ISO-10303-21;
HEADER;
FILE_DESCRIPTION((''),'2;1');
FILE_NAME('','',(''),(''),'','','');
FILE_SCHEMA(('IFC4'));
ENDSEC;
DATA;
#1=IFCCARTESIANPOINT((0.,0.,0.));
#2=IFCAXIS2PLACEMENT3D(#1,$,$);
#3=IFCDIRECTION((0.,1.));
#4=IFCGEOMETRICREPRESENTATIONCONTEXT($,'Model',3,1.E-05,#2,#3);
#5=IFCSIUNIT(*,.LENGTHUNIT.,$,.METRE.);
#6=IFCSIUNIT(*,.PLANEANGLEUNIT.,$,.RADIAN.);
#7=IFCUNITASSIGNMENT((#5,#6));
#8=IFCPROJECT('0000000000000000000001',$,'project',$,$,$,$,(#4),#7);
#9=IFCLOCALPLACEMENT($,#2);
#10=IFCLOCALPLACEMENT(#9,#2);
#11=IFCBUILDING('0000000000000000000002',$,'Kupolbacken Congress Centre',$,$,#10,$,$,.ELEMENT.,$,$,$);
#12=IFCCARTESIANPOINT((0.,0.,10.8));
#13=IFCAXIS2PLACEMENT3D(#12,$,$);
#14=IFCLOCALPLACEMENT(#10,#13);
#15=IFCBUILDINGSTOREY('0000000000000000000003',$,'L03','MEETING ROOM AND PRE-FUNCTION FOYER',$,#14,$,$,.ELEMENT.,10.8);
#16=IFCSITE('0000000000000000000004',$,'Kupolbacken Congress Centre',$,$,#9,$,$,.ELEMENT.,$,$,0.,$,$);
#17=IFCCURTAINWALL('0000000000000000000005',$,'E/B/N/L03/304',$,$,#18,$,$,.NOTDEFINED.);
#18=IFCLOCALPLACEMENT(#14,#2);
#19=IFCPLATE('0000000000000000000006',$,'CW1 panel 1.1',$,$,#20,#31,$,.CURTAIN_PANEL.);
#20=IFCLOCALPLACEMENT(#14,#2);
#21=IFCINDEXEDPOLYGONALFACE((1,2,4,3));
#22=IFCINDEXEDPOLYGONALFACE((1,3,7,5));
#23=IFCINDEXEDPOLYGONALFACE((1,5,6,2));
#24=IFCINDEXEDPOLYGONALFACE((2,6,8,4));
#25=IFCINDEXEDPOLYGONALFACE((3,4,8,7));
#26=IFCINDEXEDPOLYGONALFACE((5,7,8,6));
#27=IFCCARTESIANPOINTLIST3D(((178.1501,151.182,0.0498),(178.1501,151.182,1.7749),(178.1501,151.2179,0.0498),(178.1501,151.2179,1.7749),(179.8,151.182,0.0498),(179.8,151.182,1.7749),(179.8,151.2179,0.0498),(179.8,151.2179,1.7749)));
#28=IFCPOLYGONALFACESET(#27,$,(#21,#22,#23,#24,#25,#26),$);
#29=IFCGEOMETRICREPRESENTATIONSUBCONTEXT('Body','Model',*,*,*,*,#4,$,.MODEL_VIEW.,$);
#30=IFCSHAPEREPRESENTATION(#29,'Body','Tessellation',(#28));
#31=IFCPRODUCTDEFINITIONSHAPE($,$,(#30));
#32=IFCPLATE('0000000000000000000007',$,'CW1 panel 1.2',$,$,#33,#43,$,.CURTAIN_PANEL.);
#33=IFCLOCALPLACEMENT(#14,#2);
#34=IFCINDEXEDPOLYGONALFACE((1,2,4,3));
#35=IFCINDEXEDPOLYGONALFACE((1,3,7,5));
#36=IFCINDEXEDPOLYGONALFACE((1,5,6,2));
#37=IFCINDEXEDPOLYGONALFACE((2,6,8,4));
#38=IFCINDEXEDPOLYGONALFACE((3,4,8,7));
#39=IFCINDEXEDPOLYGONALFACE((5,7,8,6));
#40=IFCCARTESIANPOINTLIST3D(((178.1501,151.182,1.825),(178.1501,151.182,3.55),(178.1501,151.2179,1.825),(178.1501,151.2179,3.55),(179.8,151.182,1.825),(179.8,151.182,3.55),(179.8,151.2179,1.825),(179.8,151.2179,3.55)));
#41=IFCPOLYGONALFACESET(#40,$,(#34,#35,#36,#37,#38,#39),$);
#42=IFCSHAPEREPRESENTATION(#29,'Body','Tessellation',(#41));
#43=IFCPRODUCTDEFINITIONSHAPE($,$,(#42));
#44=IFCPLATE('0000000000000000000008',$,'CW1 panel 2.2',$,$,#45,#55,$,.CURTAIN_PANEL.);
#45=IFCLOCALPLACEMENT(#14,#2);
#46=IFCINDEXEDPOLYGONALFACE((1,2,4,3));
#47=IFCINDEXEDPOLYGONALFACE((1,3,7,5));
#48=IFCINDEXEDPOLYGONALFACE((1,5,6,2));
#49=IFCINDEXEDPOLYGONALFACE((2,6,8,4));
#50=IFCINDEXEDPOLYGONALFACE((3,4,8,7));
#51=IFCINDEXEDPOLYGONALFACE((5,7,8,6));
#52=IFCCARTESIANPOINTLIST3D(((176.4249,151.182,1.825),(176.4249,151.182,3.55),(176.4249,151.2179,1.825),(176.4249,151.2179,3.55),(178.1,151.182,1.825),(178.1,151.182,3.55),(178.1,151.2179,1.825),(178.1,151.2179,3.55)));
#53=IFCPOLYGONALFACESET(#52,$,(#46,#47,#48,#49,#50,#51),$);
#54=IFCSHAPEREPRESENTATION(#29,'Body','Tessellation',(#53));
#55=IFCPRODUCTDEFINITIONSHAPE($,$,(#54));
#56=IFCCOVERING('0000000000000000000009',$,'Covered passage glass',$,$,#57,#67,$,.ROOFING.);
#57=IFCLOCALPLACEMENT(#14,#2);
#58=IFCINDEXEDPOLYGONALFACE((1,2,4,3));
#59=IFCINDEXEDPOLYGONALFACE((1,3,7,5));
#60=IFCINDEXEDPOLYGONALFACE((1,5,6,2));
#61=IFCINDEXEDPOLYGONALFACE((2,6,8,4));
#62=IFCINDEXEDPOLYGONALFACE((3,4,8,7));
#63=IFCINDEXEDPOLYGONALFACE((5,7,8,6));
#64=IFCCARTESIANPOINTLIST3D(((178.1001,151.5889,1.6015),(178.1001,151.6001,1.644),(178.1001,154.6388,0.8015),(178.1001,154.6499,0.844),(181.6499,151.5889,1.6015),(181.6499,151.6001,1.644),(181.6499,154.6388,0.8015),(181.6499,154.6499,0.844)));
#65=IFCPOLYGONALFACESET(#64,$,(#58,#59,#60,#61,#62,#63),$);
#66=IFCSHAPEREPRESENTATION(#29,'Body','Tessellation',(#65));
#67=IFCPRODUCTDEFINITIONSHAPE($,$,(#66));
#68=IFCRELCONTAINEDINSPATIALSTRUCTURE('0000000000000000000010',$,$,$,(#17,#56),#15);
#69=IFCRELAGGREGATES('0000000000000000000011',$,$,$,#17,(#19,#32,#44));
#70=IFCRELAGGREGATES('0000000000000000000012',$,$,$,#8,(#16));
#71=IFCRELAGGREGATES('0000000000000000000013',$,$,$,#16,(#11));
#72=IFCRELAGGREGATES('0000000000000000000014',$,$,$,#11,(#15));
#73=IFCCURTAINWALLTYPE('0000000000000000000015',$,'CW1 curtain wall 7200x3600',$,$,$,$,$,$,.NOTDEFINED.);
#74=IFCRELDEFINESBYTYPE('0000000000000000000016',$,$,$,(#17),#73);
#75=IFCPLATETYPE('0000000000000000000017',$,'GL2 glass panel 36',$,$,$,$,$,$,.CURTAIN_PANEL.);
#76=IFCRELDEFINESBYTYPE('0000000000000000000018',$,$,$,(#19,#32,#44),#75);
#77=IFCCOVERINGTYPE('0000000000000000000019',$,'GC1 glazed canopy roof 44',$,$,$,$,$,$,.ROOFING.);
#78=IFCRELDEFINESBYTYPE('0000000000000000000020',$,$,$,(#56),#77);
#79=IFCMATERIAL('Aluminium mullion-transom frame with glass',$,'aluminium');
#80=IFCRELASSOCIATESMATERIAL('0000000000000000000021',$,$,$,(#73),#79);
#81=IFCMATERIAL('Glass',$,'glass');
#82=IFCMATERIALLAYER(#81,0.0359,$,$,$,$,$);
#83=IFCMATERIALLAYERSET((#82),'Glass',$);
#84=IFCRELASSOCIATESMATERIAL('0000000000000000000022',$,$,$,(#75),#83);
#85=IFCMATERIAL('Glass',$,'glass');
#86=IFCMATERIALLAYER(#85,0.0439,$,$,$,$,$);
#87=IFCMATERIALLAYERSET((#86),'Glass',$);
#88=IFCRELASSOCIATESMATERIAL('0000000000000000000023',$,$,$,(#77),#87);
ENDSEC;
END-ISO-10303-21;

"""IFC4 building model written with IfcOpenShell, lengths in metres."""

from ifc_helpers import new_model, si_unit, direction, frame, origin, origin_2d, place, context, subcontext, project, spatial, polyline, rectangle, outline, extrude, material, layer, layer_set, type_object, element, aggregate, save


model = new_model("IFC4")

# Units and contexts
model_context = context("Model", 3, precision=1e-05, world=origin(), true_north=direction((0.0, 1.0)))
body_context = subcontext(model_context, "Body", "Model", "MODEL_VIEW")
ifc_project = project(units=[si_unit("LENGTHUNIT", "METRE"), si_unit("PLANEANGLEUNIT", "RADIAN")], contexts=[model_context])

# Site, building, storey
site_placement = place(None, origin())
site = spatial("IfcSite", under=ifc_project, at=site_placement, Name="Kupolbacken Congress Centre", CompositionType="ELEMENT", RefElevation=0.0)
building_placement = place(site_placement, origin())
building = spatial("IfcBuilding", under=site, at=building_placement, Name="Kupolbacken Congress Centre", CompositionType="ELEMENT")
storey_placement = place(building_placement, frame((0.0, 0.0, 10.8)))
storey = spatial("IfcBuildingStorey", under=building, at=storey_placement, Name="L03", Description="MEETING ROOM AND PRE-FUNCTION FOYER", CompositionType="ELEMENT", Elevation=10.8)

# Shared definitions
ifc_material_1 = material(Name="Aluminium mullion-transom frame with glass", Category="aluminium")
curtain_wall_type = type_object("IfcCurtainWallType", Name="CW1 curtain wall 7200x3600", PredefinedType="NOTDEFINED", material=ifc_material_1)

# Curtain wall
curtain_wall_1_placement = place(storey_placement, origin())
curtain_wall_1 = element("IfcCurtainWall", 1, at=curtain_wall_1_placement, inside=storey, type_object=curtain_wall_type, Name="E/B/N/L03/304", PredefinedType="NOTDEFINED")

# Plates
ifc_material_2 = material(Name="Glass", Category="glass")
ifc_layer_1 = layer(ifc_material_2, 0.0359)
ifc_layer_set_1 = layer_set([ifc_layer_1], Name="Glass")
plate_type = type_object("IfcPlateType", Name="GL2 glass panel 36", PredefinedType="CURTAIN_PANEL", material=ifc_layer_set_1)
plate_1_placement = place(storey_placement, frame((178.9751, 151.2, 0.0498), z_axis=(0.0, 0.0, 1.0), x_axis=(-1.0, 0.0, 0.0)))
plate_1 = element("IfcPlate", 2, at=plate_1_placement, type_object=plate_type, Name="CW1 panel 1.1", PredefinedType="CURTAIN_PANEL", context=body_context, shape_type="SweptSolid", body=[
    extrude(rectangle(XDim=1.6499, YDim=0.0359, at=origin_2d()), origin(), (0.0, 0.0, 1.0), 1.7251),
])
plate_2_placement = place(storey_placement, frame((178.9751, 151.2, 1.825), z_axis=(0.0, 0.0, 1.0), x_axis=(-1.0, 0.0, 0.0)))
plate_2 = element("IfcPlate", 3, at=plate_2_placement, type_object=plate_type, Name="CW1 panel 1.2", PredefinedType="CURTAIN_PANEL", context=body_context, shape_type="SweptSolid", body=[
    extrude(rectangle(XDim=1.6499, YDim=0.0359, at=origin_2d()), origin(), (0.0, 0.0, 1.0), 1.7251),
])
plate_3_placement = place(storey_placement, frame((177.2625, 151.2, 1.825), z_axis=(0.0, 0.0, 1.0), x_axis=(-1.0, 0.0, 0.0)))
plate_3 = element("IfcPlate", 4, at=plate_3_placement, type_object=plate_type, Name="CW1 panel 2.2", PredefinedType="CURTAIN_PANEL", context=body_context, shape_type="SweptSolid", body=[
    extrude(rectangle(XDim=1.675, YDim=0.0359, at=origin_2d()), origin(), (0.0, 0.0, 1.0), 1.7251),
])
aggregate(curtain_wall_1, [plate_1, plate_2, plate_3])

# Covering
ifc_material_3 = material(Name="Glass", Category="glass")
ifc_layer_2 = layer(ifc_material_3, 0.0439)
ifc_layer_set_2 = layer_set([ifc_layer_2], Name="Glass")
covering_type = type_object("IfcCoveringType", Name="GC1 glazed canopy roof 44", PredefinedType="ROOFING", material=ifc_layer_set_2)
covering_placement = place(storey_placement, frame((178.1001, 151.6001, 1.644), z_axis=(0.0, 0.253742, 0.967272), x_axis=(1.0, 0.0, 0.0)))
element("IfcCovering", 5, at=covering_placement, inside=storey, type_object=covering_type, Name="Covered passage glass", PredefinedType="ROOFING", context=body_context, shape_type="SweptSolid", body=[
    extrude(outline(polyline([(0.0, 0.0), (3.5498, 0.0), (3.5498, 3.153), (0.0, 3.153), (0.0, 0.0)])), origin(), (0.0, 0.0, -1.0), 0.0439),
])

save(model, "model.ifc")
